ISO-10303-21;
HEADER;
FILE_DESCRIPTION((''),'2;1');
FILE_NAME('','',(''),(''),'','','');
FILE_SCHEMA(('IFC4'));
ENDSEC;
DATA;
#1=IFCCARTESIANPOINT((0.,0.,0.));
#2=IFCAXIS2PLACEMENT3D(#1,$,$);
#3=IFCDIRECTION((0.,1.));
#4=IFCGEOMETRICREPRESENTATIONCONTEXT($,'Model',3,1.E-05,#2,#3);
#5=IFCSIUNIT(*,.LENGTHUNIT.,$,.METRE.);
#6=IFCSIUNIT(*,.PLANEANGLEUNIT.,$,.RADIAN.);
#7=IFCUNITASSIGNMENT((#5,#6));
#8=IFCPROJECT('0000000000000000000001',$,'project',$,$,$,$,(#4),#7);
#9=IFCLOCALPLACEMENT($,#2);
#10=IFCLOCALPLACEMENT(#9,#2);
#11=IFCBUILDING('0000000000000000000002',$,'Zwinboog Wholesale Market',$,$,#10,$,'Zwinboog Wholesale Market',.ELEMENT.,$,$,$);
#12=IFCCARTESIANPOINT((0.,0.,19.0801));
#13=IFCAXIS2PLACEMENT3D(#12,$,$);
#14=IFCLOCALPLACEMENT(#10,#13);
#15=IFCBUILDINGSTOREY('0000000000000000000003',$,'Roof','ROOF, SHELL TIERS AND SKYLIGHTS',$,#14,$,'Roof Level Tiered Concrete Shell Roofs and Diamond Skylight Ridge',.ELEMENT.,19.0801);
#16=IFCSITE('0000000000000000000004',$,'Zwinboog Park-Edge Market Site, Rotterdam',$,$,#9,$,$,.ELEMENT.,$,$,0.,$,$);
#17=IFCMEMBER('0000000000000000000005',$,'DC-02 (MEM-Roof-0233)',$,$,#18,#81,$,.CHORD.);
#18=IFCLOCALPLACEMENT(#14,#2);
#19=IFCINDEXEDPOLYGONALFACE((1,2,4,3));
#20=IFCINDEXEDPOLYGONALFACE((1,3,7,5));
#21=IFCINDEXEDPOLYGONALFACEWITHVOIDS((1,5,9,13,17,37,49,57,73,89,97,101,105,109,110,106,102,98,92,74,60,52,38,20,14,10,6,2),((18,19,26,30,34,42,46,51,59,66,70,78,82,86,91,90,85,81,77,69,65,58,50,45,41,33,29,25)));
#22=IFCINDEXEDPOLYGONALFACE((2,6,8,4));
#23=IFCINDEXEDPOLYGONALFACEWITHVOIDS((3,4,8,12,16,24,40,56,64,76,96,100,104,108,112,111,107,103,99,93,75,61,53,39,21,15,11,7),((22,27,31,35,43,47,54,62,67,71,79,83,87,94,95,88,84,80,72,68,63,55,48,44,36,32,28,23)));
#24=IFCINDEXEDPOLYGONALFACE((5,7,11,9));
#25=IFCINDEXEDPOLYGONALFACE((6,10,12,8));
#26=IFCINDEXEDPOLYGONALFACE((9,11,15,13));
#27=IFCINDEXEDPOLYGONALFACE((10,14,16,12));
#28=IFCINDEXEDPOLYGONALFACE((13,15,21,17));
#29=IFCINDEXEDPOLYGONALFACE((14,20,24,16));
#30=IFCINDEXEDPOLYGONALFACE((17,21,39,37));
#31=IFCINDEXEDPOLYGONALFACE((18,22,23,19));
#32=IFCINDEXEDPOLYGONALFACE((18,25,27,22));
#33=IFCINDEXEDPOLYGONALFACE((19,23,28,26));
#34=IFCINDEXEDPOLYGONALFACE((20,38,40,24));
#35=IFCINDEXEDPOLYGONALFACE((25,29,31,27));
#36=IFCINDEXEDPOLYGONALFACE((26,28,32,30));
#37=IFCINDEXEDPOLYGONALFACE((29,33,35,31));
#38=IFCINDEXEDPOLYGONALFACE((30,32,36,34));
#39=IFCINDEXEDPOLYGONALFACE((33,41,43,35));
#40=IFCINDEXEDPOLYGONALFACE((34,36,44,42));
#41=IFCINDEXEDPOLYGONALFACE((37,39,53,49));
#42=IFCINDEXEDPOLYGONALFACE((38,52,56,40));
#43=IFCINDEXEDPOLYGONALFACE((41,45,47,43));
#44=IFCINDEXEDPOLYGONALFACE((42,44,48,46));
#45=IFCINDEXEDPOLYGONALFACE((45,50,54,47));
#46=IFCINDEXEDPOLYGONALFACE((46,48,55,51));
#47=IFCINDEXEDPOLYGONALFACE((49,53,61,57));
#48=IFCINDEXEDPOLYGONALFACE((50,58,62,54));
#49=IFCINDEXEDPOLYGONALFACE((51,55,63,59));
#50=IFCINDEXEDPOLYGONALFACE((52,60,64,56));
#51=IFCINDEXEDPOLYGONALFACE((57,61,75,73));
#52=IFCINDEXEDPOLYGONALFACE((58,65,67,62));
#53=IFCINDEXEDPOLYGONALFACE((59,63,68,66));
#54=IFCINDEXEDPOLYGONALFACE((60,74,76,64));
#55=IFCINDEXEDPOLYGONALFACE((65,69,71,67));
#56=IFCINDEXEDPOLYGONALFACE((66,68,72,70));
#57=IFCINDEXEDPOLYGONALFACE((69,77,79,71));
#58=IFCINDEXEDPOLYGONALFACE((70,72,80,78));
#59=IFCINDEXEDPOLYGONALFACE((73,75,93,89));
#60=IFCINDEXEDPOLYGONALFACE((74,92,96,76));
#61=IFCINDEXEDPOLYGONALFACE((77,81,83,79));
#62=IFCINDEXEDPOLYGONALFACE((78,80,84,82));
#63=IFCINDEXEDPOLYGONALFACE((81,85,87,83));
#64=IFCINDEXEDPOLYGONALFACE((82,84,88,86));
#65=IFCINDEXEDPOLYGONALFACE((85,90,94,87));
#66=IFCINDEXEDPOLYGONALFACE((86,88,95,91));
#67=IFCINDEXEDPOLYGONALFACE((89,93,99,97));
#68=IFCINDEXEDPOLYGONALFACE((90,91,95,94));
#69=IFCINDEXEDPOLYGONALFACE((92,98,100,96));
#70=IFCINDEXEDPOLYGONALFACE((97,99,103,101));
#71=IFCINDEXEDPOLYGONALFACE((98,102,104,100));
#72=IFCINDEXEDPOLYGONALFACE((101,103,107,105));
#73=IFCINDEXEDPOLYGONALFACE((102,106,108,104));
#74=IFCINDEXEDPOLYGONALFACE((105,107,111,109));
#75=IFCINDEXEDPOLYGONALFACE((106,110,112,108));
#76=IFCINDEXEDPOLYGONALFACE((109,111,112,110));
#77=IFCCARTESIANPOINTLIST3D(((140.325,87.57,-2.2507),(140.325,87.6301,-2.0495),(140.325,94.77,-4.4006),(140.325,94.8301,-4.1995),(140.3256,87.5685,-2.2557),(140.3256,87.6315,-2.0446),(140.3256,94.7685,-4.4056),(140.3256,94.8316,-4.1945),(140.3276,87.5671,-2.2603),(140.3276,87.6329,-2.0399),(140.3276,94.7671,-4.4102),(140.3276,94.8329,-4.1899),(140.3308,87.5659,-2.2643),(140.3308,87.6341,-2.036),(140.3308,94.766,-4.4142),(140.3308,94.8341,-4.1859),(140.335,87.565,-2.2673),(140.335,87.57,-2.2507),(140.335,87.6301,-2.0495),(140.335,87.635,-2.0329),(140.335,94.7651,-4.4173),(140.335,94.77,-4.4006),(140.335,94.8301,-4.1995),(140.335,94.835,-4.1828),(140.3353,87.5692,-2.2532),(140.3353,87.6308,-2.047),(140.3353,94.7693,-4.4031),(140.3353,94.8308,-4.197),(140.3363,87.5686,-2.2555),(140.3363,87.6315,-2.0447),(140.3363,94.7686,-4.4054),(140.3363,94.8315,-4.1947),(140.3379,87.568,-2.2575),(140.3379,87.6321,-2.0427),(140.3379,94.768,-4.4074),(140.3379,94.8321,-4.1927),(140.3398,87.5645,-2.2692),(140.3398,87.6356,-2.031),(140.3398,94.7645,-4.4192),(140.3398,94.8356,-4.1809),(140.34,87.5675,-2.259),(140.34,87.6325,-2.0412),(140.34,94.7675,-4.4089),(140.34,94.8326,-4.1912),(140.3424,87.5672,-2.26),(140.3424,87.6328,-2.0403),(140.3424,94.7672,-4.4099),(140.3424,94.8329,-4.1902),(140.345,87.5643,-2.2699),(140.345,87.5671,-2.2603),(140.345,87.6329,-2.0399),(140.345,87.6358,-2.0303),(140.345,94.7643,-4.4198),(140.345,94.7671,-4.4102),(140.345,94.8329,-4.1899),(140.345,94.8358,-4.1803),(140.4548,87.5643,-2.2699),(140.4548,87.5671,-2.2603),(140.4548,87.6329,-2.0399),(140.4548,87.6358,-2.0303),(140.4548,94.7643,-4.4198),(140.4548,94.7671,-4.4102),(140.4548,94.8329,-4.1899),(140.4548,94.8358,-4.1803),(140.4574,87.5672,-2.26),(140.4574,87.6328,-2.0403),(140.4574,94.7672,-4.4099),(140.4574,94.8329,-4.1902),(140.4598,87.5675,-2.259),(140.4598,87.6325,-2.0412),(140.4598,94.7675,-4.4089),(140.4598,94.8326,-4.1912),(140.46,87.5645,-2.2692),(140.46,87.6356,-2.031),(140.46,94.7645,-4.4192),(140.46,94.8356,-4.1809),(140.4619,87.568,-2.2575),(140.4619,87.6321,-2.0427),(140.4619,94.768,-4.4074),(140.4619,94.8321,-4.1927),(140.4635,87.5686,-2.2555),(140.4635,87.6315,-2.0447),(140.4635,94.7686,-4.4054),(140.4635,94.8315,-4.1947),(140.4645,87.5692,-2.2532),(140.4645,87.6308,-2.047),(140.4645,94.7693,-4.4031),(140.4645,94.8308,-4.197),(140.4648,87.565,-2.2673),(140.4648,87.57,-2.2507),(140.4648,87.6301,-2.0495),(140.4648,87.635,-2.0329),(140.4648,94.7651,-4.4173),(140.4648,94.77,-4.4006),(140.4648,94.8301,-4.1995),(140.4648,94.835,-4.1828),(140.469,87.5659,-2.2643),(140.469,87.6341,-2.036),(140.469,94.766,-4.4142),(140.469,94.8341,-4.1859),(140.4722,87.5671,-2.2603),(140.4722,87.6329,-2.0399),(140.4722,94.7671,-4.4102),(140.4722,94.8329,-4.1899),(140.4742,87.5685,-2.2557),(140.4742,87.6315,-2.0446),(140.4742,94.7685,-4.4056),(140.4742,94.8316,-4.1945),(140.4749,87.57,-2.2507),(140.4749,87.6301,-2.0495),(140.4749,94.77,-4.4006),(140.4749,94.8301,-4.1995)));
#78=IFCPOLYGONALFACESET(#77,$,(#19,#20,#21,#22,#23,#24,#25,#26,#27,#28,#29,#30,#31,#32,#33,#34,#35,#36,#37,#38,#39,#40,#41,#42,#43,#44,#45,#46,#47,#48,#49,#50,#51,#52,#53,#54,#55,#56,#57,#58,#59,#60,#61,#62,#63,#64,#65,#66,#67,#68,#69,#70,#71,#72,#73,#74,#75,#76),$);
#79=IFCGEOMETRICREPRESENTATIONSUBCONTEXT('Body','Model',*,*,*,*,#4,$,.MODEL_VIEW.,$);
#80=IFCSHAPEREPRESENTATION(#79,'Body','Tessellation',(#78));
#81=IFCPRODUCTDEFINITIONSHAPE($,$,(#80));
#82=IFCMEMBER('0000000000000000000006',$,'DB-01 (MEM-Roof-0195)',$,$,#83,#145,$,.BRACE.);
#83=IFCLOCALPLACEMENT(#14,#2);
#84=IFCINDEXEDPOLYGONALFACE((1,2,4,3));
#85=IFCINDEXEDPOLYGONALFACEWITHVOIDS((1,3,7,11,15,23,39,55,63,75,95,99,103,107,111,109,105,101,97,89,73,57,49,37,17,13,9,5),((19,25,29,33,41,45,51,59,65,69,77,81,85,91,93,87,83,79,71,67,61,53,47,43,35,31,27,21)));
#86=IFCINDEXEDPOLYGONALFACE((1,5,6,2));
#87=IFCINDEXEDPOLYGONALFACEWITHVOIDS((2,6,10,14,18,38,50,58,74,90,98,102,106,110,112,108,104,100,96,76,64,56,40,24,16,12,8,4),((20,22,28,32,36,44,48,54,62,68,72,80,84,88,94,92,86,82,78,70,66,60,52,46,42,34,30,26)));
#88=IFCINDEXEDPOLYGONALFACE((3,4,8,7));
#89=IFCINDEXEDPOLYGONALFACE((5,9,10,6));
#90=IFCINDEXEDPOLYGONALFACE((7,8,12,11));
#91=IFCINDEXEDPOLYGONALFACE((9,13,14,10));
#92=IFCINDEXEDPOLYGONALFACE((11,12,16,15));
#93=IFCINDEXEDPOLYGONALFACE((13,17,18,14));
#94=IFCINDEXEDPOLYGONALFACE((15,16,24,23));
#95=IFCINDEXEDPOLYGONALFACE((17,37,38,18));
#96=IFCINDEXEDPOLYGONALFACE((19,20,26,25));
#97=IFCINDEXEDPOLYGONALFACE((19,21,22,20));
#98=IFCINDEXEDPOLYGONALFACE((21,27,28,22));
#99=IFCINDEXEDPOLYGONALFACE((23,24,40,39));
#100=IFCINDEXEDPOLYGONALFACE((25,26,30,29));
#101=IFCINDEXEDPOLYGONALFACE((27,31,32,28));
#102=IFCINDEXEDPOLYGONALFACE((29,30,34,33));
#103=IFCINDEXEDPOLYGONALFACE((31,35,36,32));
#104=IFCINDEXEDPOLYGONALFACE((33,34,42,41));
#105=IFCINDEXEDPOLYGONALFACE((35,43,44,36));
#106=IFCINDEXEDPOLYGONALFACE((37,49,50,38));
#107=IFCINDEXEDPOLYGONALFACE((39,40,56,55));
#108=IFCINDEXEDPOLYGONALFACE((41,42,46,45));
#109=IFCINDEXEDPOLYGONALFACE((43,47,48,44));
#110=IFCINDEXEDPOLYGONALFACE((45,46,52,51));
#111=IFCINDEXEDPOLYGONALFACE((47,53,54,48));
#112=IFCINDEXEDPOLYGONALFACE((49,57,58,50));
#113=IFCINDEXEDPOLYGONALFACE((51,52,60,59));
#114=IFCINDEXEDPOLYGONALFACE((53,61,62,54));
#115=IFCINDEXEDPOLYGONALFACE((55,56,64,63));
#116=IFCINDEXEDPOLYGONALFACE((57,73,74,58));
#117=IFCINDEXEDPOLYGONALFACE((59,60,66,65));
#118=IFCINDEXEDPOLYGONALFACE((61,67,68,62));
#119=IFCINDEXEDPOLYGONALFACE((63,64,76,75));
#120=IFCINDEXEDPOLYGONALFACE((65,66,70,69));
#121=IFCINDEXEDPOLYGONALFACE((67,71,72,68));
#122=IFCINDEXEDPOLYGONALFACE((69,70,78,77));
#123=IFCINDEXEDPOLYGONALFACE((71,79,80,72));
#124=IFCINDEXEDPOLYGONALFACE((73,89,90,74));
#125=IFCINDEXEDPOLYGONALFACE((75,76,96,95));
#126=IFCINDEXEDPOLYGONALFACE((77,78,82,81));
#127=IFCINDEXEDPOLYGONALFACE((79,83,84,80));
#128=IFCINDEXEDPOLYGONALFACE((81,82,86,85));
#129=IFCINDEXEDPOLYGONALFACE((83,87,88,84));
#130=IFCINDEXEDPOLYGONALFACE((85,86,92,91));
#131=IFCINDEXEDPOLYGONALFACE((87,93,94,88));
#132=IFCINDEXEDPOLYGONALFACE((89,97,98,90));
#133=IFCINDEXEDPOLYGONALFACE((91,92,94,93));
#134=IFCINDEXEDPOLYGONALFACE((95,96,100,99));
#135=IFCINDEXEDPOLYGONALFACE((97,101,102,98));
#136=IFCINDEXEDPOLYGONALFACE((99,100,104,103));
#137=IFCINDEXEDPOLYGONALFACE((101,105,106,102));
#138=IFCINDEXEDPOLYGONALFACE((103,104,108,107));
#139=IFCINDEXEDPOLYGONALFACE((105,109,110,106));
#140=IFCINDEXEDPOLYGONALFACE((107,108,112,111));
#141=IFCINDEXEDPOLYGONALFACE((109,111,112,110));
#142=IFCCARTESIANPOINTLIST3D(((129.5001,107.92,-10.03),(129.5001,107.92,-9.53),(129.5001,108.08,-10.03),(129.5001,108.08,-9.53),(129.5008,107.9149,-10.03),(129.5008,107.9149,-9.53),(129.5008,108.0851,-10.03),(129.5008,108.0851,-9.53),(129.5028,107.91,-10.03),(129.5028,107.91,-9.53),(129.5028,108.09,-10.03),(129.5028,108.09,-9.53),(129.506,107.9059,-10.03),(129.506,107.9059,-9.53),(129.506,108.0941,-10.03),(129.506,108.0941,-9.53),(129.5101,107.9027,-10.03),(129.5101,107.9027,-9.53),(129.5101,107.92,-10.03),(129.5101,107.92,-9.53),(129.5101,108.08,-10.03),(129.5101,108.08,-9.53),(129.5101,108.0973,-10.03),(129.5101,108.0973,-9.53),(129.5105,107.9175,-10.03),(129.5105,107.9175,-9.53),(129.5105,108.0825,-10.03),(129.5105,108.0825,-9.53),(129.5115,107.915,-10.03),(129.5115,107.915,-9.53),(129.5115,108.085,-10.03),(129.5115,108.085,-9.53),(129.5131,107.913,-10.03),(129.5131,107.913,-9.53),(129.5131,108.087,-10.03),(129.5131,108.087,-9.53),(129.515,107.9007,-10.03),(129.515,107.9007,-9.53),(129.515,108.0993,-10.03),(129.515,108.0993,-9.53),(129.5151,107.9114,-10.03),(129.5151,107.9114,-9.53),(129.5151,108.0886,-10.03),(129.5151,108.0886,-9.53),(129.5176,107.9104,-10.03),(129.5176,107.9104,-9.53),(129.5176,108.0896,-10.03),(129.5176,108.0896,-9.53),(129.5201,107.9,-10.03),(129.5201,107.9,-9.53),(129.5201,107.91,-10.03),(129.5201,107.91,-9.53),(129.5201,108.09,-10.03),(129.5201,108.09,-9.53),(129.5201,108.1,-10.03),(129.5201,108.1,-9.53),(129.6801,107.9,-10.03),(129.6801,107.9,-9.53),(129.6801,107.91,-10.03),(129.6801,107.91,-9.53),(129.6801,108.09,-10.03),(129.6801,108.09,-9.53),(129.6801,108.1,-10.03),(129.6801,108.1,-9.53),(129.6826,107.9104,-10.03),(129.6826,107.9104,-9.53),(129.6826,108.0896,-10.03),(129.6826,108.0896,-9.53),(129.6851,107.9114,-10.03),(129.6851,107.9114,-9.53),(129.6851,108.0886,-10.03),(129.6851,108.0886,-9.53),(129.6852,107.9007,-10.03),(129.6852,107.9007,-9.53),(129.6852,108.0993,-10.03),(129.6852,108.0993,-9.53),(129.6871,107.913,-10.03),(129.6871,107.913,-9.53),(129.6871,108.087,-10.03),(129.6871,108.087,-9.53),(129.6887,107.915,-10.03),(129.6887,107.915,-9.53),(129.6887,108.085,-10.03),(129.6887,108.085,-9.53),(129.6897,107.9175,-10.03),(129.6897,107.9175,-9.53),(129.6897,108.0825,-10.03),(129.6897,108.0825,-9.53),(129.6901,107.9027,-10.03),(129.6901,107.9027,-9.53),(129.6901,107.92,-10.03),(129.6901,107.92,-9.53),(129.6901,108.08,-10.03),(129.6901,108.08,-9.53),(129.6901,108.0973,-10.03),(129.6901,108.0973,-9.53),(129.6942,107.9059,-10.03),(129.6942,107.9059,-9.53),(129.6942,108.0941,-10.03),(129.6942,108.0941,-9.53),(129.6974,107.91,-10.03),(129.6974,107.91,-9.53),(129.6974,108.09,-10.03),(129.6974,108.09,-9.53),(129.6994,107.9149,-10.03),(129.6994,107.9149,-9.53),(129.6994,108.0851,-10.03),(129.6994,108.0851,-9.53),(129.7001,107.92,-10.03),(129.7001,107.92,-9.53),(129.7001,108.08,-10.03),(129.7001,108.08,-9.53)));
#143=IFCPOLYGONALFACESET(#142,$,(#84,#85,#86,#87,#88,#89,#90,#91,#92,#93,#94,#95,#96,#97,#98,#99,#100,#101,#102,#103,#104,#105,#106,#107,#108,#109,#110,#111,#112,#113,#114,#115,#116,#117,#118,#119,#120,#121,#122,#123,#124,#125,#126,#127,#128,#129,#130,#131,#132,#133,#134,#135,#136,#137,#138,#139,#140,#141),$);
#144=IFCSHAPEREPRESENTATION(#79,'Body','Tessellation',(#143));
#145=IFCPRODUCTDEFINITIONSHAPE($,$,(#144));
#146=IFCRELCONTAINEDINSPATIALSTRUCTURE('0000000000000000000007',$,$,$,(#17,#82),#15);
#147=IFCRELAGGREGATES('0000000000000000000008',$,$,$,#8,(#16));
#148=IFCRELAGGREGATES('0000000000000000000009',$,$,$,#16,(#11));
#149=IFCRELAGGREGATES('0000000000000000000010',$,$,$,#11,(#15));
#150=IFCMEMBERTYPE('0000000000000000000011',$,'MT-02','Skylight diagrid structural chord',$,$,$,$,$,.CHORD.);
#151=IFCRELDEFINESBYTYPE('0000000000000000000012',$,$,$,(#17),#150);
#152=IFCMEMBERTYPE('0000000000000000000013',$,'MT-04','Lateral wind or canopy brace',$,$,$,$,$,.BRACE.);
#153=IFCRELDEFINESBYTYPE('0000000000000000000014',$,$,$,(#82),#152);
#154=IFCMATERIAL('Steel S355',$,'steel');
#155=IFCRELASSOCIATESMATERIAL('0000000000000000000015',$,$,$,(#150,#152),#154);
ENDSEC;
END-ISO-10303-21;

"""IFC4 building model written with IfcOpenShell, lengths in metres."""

from ifc_helpers import new_model, si_unit, direction, frame, origin, origin_2d, place, context, subcontext, project, spatial, hollow_rectangle, extrude, material, material_profile, profile_set, type_object, element, save


model = new_model("IFC4")

# Units and contexts
model_context = context("Model", 3, precision=1e-05, world=origin(), true_north=direction((0.0, 1.0)))
body_context = subcontext(model_context, "Body", "Model", "MODEL_VIEW")
ifc_project = project(units=[si_unit("LENGTHUNIT", "METRE"), si_unit("PLANEANGLEUNIT", "RADIAN")], contexts=[model_context])

# Site, building, storey
site_placement = place(None, origin())
site = spatial("IfcSite", under=ifc_project, at=site_placement, Name="Zwinboog Park-Edge Market Site, Rotterdam", CompositionType="ELEMENT", RefElevation=0.0)
building_placement = place(site_placement, origin())
building = spatial("IfcBuilding", under=site, at=building_placement, Name="Zwinboog Wholesale Market", LongName="Zwinboog Wholesale Market", CompositionType="ELEMENT")
storey_placement = place(building_placement, frame((0.0, 0.0, 19.0801)))
storey = spatial("IfcBuildingStorey", under=building, at=storey_placement, Name="Roof", Description="ROOF, SHELL TIERS AND SKYLIGHTS", LongName="Roof Level Tiered Concrete Shell Roofs and Diamond Skylight Ridge", CompositionType="ELEMENT", Elevation=19.0801)

# Members
ifc_material_1 = material(Name="Steel S355", Category="steel")
ifc_material_profile_1 = material_profile(ifc_material_1, hollow_rectangle(XDim=0.1499, YDim=0.25, WallThickness=0.01, InnerFilletRadius=0.01, OuterFilletRadius=0.02, at=origin_2d()), Name="RHS 250x150x10")
ifc_profile_set_1 = profile_set([ifc_material_profile_1], Name="Steel S355")
member_type_1 = type_object("IfcMemberType", Name="MT-02", Description="Skylight diagrid structural chord", PredefinedType="CHORD", material=ifc_profile_set_1)
member_1_placement = place(storey_placement, frame((140.3999, 94.8, -4.3), z_axis=(0.0, -0.958195, 0.286117), x_axis=(1.0, 0.0, 0.0)))
element("IfcMember", 1, at=member_1_placement, inside=storey, type_object=member_type_1, Name="DC-02 (MEM-Roof-0233)", PredefinedType="CHORD", context=body_context, shape_type="SweptSolid", body=[
    extrude(hollow_rectangle(XDim=0.1499, YDim=0.25, WallThickness=0.01, InnerFilletRadius=0.01, OuterFilletRadius=0.02, at=origin_2d()), origin(), (0.0, 0.0, 1.0), 7.5142),
])
ifc_material_profile_2 = material_profile(ifc_material_1, hollow_rectangle(XDim=0.2, YDim=0.2, WallThickness=0.01, InnerFilletRadius=0.01, OuterFilletRadius=0.02, at=origin_2d()), Name="SHS 200x200x10")
ifc_profile_set_2 = profile_set([ifc_material_profile_2], Name="Steel S355")
member_type_2 = type_object("IfcMemberType", Name="MT-04", Description="Lateral wind or canopy brace", PredefinedType="BRACE", material=ifc_profile_set_2)
for number, where, z_axis, x_axis, name in (
    (2, (129.6001, 108.0, -10.03), (0.0, 0.0, 1.0), (1.0, 0.0, 0.0), "DB-01 (MEM-Roof-0195)"),
):
    element("IfcMember", number, at=place(storey_placement, frame(where, z_axis=z_axis, x_axis=x_axis)), inside=storey, type_object=member_type_2, Name=name, PredefinedType="BRACE", context=body_context, shape_type="SweptSolid", body=[
        extrude(hollow_rectangle(XDim=0.2, YDim=0.2, WallThickness=0.01, InnerFilletRadius=0.01, OuterFilletRadius=0.02, at=origin_2d()), origin(), (0.0, 0.0, 1.0), 0.5),
    ])

save(model, "model.ifc")
